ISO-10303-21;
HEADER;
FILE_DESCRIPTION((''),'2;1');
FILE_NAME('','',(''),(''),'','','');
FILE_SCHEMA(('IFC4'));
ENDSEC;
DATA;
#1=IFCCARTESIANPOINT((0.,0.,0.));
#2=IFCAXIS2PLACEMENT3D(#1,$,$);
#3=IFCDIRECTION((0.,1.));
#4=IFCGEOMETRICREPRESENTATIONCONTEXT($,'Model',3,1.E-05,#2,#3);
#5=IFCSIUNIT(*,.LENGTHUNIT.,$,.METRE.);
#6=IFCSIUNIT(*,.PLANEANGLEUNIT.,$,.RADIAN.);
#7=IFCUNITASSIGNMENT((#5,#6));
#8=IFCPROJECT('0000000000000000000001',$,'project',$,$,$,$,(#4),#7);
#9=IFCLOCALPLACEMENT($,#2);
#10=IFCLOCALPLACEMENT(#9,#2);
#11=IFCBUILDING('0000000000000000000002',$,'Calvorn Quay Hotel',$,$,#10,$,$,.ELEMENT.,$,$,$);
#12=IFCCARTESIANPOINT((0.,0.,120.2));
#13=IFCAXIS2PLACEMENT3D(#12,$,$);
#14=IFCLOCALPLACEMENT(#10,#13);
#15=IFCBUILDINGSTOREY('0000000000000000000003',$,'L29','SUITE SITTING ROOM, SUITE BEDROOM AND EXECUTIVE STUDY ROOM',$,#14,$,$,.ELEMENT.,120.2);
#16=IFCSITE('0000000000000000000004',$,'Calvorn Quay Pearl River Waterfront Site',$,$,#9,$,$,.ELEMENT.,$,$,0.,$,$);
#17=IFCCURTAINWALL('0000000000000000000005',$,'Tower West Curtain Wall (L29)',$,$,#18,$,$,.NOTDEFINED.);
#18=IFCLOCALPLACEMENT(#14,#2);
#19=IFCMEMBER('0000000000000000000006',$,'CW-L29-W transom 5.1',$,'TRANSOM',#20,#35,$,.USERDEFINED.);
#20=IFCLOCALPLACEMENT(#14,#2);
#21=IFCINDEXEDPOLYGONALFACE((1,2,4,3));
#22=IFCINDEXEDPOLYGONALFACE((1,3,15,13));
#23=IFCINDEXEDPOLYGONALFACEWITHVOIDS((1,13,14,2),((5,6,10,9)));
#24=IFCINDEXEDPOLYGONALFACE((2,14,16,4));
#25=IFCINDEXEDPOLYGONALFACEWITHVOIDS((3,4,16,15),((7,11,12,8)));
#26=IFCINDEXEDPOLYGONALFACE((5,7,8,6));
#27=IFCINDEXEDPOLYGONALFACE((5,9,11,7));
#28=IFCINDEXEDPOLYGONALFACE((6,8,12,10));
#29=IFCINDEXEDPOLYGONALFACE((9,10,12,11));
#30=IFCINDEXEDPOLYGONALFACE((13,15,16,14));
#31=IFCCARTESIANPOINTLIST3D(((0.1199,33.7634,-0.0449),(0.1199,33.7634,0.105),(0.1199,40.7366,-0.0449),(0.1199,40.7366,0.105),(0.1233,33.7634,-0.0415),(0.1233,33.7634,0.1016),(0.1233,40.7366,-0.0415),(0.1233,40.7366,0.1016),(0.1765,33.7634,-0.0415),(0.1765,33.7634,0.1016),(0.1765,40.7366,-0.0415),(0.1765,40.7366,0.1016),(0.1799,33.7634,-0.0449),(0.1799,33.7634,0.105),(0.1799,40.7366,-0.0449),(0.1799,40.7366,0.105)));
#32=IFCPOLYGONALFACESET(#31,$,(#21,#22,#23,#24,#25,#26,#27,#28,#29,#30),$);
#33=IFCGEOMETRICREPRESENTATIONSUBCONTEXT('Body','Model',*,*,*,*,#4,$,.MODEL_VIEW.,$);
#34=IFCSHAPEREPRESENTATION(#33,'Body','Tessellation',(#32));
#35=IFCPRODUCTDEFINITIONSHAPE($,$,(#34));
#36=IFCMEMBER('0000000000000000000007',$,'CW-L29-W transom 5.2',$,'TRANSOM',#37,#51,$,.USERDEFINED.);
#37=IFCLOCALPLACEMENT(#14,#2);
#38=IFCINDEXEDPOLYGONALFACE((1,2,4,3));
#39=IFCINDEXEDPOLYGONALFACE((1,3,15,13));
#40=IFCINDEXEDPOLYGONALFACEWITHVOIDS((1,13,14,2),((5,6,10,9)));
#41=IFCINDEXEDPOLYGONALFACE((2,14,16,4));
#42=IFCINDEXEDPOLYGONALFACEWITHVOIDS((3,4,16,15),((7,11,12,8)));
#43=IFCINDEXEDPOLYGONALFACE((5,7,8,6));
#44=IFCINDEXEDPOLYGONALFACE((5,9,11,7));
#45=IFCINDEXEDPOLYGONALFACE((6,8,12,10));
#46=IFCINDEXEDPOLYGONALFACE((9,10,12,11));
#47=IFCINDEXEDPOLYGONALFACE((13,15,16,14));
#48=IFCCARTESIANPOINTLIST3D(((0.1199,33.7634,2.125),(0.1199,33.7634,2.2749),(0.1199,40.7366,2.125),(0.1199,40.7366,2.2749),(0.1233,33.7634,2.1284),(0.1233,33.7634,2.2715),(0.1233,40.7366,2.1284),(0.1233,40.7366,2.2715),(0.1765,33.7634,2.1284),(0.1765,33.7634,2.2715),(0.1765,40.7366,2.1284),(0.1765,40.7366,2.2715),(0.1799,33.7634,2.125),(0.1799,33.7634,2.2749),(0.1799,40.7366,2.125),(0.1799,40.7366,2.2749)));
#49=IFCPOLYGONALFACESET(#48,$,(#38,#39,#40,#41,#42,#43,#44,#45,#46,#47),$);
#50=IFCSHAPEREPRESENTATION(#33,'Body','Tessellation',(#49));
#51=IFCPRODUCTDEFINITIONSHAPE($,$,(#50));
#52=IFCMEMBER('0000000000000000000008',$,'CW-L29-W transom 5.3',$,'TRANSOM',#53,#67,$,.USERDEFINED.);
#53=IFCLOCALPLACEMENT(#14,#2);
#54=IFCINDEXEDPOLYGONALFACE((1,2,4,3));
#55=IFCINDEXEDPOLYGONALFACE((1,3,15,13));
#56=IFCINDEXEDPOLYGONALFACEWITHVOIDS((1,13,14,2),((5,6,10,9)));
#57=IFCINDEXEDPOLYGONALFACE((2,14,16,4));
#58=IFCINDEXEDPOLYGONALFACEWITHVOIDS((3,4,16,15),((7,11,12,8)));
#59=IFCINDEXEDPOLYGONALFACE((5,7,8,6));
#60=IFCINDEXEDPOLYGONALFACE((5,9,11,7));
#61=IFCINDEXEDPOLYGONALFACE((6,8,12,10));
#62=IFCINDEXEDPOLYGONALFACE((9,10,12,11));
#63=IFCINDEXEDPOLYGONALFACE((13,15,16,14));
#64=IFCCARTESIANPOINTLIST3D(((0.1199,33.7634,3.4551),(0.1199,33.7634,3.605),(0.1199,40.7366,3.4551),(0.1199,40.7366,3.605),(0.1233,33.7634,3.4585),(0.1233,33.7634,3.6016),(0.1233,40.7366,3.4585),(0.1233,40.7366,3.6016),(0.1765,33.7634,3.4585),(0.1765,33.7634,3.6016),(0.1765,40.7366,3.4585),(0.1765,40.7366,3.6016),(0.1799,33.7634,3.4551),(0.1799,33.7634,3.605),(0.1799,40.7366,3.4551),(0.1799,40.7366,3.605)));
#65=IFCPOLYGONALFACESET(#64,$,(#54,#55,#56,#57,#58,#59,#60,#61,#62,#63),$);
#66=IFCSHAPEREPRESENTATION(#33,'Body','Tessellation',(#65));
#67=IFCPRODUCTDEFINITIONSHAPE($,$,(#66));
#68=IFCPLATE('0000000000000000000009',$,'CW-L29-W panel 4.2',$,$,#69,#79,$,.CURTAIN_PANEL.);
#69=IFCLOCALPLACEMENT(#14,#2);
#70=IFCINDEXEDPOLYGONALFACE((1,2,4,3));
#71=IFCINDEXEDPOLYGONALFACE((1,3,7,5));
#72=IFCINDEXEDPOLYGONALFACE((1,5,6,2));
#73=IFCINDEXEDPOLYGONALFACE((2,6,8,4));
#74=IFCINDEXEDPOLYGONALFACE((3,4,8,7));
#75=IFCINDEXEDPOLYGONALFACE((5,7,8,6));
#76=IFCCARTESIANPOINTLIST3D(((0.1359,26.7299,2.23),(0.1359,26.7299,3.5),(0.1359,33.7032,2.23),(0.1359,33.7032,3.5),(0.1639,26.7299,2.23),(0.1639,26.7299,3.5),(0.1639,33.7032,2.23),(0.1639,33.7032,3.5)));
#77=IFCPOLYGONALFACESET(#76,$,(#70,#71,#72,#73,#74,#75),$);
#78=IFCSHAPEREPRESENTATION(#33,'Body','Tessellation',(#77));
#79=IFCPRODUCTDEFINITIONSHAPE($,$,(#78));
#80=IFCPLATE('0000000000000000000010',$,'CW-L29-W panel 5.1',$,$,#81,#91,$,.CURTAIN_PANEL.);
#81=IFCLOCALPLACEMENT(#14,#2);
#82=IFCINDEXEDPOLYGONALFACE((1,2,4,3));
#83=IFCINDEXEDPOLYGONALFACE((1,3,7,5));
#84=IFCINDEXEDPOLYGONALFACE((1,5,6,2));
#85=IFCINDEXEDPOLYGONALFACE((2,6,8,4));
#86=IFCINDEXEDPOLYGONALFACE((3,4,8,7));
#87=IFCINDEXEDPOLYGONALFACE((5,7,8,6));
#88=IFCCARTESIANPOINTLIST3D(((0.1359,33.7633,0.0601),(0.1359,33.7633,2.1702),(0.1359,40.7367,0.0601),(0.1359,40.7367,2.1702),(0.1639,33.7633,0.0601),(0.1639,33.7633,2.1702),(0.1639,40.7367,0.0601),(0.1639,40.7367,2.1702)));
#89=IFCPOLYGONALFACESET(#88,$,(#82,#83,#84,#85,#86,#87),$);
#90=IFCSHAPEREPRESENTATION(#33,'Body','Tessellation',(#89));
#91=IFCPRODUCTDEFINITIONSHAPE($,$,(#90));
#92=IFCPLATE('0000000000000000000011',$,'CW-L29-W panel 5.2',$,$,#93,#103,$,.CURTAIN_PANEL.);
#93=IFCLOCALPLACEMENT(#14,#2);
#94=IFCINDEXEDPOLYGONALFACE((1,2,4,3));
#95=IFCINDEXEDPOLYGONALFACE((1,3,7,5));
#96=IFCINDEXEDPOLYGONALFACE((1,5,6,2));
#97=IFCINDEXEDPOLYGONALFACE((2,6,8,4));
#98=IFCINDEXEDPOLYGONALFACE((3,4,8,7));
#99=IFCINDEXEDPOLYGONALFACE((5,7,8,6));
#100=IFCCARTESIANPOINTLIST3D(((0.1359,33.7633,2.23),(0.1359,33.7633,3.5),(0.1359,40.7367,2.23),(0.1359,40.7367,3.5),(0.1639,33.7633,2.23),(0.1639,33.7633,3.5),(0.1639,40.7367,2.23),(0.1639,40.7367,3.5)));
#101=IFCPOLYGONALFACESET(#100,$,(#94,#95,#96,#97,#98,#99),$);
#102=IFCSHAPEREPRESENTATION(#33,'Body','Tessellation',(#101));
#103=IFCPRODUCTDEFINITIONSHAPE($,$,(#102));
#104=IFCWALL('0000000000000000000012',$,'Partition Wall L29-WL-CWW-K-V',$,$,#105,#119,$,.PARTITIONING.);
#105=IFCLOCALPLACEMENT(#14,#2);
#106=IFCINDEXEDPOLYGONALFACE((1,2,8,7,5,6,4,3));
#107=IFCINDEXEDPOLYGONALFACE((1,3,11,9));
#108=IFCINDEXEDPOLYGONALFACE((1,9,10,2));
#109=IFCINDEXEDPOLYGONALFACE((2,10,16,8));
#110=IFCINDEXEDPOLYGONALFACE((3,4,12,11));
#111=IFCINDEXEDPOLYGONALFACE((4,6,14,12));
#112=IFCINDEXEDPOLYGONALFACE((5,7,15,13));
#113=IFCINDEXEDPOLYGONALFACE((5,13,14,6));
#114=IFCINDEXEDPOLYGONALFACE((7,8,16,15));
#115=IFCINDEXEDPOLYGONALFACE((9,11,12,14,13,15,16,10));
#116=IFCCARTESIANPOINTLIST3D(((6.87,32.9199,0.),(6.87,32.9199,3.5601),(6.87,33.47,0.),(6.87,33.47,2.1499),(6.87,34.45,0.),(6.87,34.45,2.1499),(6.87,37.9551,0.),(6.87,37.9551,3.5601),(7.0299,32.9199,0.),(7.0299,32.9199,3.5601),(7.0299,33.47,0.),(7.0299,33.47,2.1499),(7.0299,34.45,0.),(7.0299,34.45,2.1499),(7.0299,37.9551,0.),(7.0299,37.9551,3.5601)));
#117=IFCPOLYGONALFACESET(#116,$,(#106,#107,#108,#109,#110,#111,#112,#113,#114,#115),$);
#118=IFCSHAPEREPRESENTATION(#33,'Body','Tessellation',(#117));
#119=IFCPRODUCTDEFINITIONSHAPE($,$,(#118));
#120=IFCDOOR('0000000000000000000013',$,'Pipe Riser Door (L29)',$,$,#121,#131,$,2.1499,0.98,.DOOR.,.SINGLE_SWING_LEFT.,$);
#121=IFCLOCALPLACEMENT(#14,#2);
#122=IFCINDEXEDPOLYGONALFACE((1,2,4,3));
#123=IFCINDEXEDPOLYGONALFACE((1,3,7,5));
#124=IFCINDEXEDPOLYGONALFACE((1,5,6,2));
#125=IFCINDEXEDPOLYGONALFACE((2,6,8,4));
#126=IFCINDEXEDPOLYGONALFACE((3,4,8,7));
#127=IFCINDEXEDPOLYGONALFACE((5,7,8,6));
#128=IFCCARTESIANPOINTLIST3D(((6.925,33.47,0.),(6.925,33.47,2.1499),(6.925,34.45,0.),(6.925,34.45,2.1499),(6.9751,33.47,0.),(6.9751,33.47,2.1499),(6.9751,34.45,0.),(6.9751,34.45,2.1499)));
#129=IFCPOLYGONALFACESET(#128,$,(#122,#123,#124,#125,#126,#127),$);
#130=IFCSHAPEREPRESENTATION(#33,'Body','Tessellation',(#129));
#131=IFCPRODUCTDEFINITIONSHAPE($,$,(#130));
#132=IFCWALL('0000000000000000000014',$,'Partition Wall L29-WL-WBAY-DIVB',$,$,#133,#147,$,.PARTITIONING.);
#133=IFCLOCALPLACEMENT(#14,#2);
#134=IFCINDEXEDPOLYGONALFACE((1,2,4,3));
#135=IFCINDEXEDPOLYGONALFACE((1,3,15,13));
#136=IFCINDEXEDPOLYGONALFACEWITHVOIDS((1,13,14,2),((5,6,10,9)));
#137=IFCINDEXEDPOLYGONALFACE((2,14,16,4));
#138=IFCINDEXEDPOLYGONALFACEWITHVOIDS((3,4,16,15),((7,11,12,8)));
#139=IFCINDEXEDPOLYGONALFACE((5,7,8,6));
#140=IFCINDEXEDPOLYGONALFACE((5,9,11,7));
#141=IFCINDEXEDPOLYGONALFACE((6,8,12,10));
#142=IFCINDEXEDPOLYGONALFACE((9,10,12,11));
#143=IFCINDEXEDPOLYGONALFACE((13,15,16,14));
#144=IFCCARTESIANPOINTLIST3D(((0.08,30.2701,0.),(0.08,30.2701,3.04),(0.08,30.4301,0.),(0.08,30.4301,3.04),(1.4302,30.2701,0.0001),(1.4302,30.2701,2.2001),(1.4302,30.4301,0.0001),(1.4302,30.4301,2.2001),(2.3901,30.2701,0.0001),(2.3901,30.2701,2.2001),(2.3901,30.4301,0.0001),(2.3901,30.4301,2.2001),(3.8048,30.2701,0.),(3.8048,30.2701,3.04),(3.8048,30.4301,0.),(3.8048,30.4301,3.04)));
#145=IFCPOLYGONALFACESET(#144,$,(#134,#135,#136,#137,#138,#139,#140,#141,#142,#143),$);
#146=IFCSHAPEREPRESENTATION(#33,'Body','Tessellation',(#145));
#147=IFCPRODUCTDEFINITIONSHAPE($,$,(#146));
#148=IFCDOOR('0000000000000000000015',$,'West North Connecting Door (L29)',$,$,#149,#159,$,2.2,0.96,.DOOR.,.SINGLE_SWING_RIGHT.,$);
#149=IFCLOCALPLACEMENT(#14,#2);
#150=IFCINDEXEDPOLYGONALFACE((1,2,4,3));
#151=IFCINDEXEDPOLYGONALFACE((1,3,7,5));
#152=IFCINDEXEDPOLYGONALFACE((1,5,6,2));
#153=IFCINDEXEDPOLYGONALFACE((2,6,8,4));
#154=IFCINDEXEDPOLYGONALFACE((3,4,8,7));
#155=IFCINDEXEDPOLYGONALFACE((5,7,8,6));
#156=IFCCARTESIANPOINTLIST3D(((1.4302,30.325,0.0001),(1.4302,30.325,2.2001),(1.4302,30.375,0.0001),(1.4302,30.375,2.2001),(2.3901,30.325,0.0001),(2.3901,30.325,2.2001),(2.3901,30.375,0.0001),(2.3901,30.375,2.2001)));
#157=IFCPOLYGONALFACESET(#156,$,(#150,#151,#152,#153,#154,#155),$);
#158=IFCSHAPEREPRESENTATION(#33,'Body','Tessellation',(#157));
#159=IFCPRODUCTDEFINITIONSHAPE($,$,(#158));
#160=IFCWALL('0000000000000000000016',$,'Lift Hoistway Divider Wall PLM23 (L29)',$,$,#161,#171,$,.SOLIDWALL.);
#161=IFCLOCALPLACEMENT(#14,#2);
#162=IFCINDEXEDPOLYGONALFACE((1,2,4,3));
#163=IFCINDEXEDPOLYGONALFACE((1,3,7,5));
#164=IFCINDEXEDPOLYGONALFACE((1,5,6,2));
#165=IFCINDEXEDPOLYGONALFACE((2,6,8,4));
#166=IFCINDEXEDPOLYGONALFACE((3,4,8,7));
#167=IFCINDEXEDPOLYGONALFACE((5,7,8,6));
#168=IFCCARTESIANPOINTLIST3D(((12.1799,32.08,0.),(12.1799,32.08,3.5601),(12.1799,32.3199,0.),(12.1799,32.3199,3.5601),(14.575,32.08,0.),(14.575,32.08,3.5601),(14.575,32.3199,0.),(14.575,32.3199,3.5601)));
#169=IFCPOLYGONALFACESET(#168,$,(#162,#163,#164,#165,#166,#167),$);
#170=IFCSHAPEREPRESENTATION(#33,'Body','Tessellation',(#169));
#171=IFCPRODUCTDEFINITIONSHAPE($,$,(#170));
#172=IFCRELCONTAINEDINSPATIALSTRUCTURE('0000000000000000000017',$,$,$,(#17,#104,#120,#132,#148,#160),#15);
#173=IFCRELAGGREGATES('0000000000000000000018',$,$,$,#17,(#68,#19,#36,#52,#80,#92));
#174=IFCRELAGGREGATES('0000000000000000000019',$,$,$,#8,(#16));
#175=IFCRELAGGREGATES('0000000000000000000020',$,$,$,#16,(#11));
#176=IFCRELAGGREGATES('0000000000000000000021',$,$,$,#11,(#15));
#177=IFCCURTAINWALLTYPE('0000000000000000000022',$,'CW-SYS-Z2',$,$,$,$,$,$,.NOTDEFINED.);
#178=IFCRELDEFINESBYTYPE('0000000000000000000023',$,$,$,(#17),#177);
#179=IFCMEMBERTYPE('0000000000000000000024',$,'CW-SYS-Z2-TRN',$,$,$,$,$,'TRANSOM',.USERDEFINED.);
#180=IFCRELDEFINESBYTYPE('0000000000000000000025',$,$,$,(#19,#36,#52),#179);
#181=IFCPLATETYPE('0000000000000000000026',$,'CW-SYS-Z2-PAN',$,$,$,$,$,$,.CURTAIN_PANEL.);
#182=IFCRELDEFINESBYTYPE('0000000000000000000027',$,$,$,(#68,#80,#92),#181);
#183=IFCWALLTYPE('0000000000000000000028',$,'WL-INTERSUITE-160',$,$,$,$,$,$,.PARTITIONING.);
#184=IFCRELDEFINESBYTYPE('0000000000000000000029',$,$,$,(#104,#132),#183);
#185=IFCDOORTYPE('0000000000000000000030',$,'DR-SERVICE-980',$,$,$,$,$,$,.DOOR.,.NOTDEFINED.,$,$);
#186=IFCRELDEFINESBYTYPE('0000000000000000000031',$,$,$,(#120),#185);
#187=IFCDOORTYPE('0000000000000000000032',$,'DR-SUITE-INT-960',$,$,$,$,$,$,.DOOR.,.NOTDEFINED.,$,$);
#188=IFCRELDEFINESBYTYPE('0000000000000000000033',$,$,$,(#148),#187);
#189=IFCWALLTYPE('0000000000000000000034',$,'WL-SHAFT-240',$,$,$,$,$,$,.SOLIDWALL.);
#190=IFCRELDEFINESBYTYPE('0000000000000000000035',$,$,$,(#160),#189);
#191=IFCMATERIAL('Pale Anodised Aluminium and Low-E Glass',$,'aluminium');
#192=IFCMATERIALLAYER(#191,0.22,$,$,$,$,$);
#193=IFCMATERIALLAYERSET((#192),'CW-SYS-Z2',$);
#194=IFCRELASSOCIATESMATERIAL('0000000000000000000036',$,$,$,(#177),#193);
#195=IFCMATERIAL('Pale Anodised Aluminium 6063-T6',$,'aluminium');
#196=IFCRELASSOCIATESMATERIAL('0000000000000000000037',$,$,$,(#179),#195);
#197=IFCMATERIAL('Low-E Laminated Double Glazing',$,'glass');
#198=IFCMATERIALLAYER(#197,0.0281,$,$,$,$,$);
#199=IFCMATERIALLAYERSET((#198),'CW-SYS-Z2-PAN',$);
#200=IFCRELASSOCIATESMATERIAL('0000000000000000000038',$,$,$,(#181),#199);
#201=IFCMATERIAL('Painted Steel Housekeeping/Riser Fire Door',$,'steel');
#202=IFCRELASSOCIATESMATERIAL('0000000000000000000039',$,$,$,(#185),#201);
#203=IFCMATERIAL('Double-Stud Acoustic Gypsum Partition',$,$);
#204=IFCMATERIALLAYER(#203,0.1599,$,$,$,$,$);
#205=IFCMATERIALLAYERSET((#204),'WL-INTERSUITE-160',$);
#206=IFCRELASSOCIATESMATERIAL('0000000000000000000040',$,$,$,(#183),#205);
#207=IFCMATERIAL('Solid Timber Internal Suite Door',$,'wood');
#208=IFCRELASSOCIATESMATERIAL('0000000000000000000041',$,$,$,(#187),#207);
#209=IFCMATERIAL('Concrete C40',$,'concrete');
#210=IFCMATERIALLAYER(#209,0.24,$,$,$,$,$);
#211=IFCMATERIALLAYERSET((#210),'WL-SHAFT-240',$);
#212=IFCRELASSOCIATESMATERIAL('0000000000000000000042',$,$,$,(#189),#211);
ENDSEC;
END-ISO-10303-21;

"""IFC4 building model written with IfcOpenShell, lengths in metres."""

from ifc_helpers import new_model, si_unit, direction, frame, frame_2d, origin, origin_2d, place, context, subcontext, project, spatial, rectangle, hollow_rectangle, extrude, material, layer, layer_set, material_profile, profile_set, type_object, element, fill, aggregate, save


model = new_model("IFC4")

# Units and contexts
model_context = context("Model", 3, precision=1e-05, world=origin(), true_north=direction((0.0, 1.0)))
body_context = subcontext(model_context, "Body", "Model", "MODEL_VIEW")
ifc_project = project(units=[si_unit("LENGTHUNIT", "METRE"), si_unit("PLANEANGLEUNIT", "RADIAN")], contexts=[model_context])

# Site, building, storey
site_placement = place(None, origin())
site = spatial("IfcSite", under=ifc_project, at=site_placement, Name="Calvorn Quay Pearl River Waterfront Site", CompositionType="ELEMENT", RefElevation=0.0)
building_placement = place(site_placement, origin())
building = spatial("IfcBuilding", under=site, at=building_placement, Name="Calvorn Quay Hotel", CompositionType="ELEMENT")
storey_placement = place(building_placement, frame((0.0, 0.0, 120.2)))
storey = spatial("IfcBuildingStorey", under=building, at=storey_placement, Name="L29", Description="SUITE SITTING ROOM, SUITE BEDROOM AND EXECUTIVE STUDY ROOM", CompositionType="ELEMENT", Elevation=120.2)

# Curtain wall, members, plates
ifc_material_1 = material(Name="Pale Anodised Aluminium and Low-E Glass", Category="aluminium")
ifc_layer_1 = layer(ifc_material_1, 0.22)
ifc_layer_set_1 = layer_set([ifc_layer_1], Name="CW-SYS-Z2")
curtain_wall_type = type_object("IfcCurtainWallType", Name="CW-SYS-Z2", PredefinedType="NOTDEFINED", material=ifc_layer_set_1)
curtain_wall_placement = place(storey_placement, origin())
curtain_wall = element("IfcCurtainWall", 1, at=curtain_wall_placement, inside=storey, type_object=curtain_wall_type, Name="Tower West Curtain Wall (L29)", PredefinedType="NOTDEFINED")
ifc_material_2 = material(Name="Pale Anodised Aluminium 6063-T6", Category="aluminium")
ifc_material_profile_1 = material_profile(ifc_material_2, hollow_rectangle(XDim=0.0601, YDim=0.1499, WallThickness=0.0034, at=origin_2d()), Name="ALU-T150x60x3.5")
ifc_profile_set_1 = profile_set([ifc_material_profile_1], Name="Pale Anodised Aluminium 6063-T6")
member_type_1 = type_object("IfcMemberType", Name="CW-SYS-Z2-TRN", ElementType="TRANSOM", PredefinedType="USERDEFINED", material=ifc_profile_set_1)
member_1_placement = place(storey_placement, frame((0.1499, 33.7634, 0.03), z_axis=(0.0, 1.0, 0.0), x_axis=(-1.0, 0.0, 0.0)))
member_1 = element("IfcMember", 2, at=member_1_placement, type_object=member_type_1, Name="CW-L29-W transom 5.1", ObjectType="TRANSOM", PredefinedType="USERDEFINED", context=body_context, shape_type="SweptSolid", body=[
    extrude(hollow_rectangle(XDim=0.0601, YDim=0.1499, WallThickness=0.0034, at=origin_2d()), origin(), (0.0, 0.0, 1.0), 6.9731),
])
member_2_placement = place(storey_placement, frame((0.1499, 33.7634, 2.2), z_axis=(0.0, 1.0, 0.0), x_axis=(-1.0, 0.0, 0.0)))
member_2 = element("IfcMember", 3, at=member_2_placement, type_object=member_type_1, Name="CW-L29-W transom 5.2", ObjectType="TRANSOM", PredefinedType="USERDEFINED", context=body_context, shape_type="SweptSolid", body=[
    extrude(hollow_rectangle(XDim=0.0601, YDim=0.1499, WallThickness=0.0034, at=origin_2d()), origin(), (0.0, 0.0, 1.0), 6.9731),
])
member_3_placement = place(storey_placement, frame((0.1499, 33.7634, 3.53), z_axis=(0.0, 1.0, 0.0), x_axis=(-1.0, 0.0, 0.0)))
member_3 = element("IfcMember", 4, at=member_3_placement, type_object=member_type_1, Name="CW-L29-W transom 5.3", ObjectType="TRANSOM", PredefinedType="USERDEFINED", context=body_context, shape_type="SweptSolid", body=[
    extrude(hollow_rectangle(XDim=0.0601, YDim=0.1499, WallThickness=0.0034, at=origin_2d()), origin(), (0.0, 0.0, 1.0), 6.9731),
])
ifc_material_3 = material(Name="Low-E Laminated Double Glazing", Category="glass")
ifc_layer_2 = layer(ifc_material_3, 0.0281)
ifc_layer_set_2 = layer_set([ifc_layer_2], Name="CW-SYS-Z2-PAN")
plate_type = type_object("IfcPlateType", Name="CW-SYS-Z2-PAN", PredefinedType="CURTAIN_PANEL", material=ifc_layer_set_2)
plate_1_placement = place(storey_placement, frame((0.1499, 30.2166, 2.23), z_axis=(0.0, 0.0, 1.0), x_axis=(0.0, 1.0, 0.0)))
plate_1 = element("IfcPlate", 5, at=plate_1_placement, type_object=plate_type, Name="CW-L29-W panel 4.2", PredefinedType="CURTAIN_PANEL", context=body_context, shape_type="SweptSolid", body=[
    extrude(rectangle(XDim=6.9734, YDim=0.0281, at=origin_2d()), origin(), (0.0, 0.0, 1.0), 1.27),
])
plate_2_placement = place(storey_placement, frame((0.1499, 37.25, 0.0601), z_axis=(0.0, 0.0, 1.0), x_axis=(0.0, 1.0, 0.0)))
plate_2 = element("IfcPlate", 6, at=plate_2_placement, type_object=plate_type, Name="CW-L29-W panel 5.1", PredefinedType="CURTAIN_PANEL", context=body_context, shape_type="SweptSolid", body=[
    extrude(rectangle(XDim=6.9734, YDim=0.0281, at=origin_2d()), origin(), (0.0, 0.0, 1.0), 2.1101),
])
plate_3_placement = place(storey_placement, frame((0.1499, 37.25, 2.23), z_axis=(0.0, 0.0, 1.0), x_axis=(0.0, 1.0, 0.0)))
plate_3 = element("IfcPlate", 7, at=plate_3_placement, type_object=plate_type, Name="CW-L29-W panel 5.2", PredefinedType="CURTAIN_PANEL", context=body_context, shape_type="SweptSolid", body=[
    extrude(rectangle(XDim=6.9734, YDim=0.0281, at=origin_2d()), origin(), (0.0, 0.0, 1.0), 1.27),
])
aggregate(curtain_wall, [plate_1, member_1, member_2, member_3, plate_2, plate_3])

# Walls, openings, doors
ifc_material_4 = material(Name="Painted Steel Housekeeping/Riser Fire Door", Category="steel")
door_type_1 = type_object("IfcDoorType", Name="DR-SERVICE-980", OperationType="NOTDEFINED", PredefinedType="DOOR", material=ifc_material_4)
ifc_material_5 = material(Name="Double-Stud Acoustic Gypsum Partition")
ifc_layer_3 = layer(ifc_material_5, 0.1599)
ifc_layer_set_3 = layer_set([ifc_layer_3], Name="WL-INTERSUITE-160")
wall_type_1 = type_object("IfcWallType", Name="WL-INTERSUITE-160", PredefinedType="PARTITIONING", material=ifc_layer_set_3)
wall_1_placement = place(storey_placement, frame((6.95, 32.9199, 0.0), z_axis=(0.0, 0.0, 1.0), x_axis=(0.0, 1.0, 0.0)))
wall_1 = element("IfcWall", 8, at=wall_1_placement, inside=storey, type_object=wall_type_1, Name="Partition Wall L29-WL-CWW-K-V", PredefinedType="PARTITIONING", context=body_context, shape_type="SweptSolid", body=[
    extrude(rectangle(XDim=5.0352, YDim=0.1599, at=frame_2d((2.5176, 0.0))), origin(), (0.0, 0.0, 1.0), 3.5601),
])
opening_1_placement = place(wall_1_placement, frame((0.55, 0.0, 0.0)))
opening_1 = element("IfcOpeningElement", 9, at=opening_1_placement, cuts=wall_1, PredefinedType="OPENING", context=body_context, shape_type="SweptSolid", body=[
    extrude(rectangle(XDim=0.98, YDim=2.1499, at=frame_2d((0.49, 1.075))), frame((0.0, 0.0898, 0.0), z_axis=(0.0, -1.0, 0.0), x_axis=(1.0, 0.0, 0.0)), (0.0, 0.0, 1.0), 0.1799),
])
door_1_placement = place(opening_1_placement, origin())
door_1 = element("IfcDoor", 10, at=door_1_placement, inside=storey, type_object=door_type_1, Name="Pipe Riser Door (L29)", OperationType="SINGLE_SWING_LEFT", OverallHeight=2.1499, OverallWidth=0.98, PredefinedType="DOOR", context=body_context, shape_type="SweptSolid", body=[
    extrude(rectangle(XDim=0.98, YDim=2.1499, at=frame_2d((0.49, 1.075))), frame((0.0, 0.0249, 0.0), z_axis=(0.0, -1.0, 0.0), x_axis=(1.0, 0.0, 0.0)), (0.0, 0.0, 1.0), 0.05),
])
fill(opening_1, door_1)
wall_2_placement = place(storey_placement, frame((0.0801, 30.3501, 0.0), z_axis=(0.0, 0.0, 1.0), x_axis=(1.0, 0.0, 0.0)))
wall_2 = element("IfcWall", 11, at=wall_2_placement, inside=storey, type_object=wall_type_1, Name="Partition Wall L29-WL-WBAY-DIVB", PredefinedType="PARTITIONING", context=body_context, shape_type="SweptSolid", body=[
    extrude(rectangle(XDim=3.7249, YDim=0.1599, at=frame_2d((1.8623, 0.0))), origin(), (0.0, 0.0, 1.0), 3.04),
])
opening_2_placement = place(wall_2_placement, frame((1.3501, 0.0, 0.0)))
opening_2 = element("IfcOpeningElement", 12, at=opening_2_placement, cuts=wall_2, PredefinedType="OPENING", context=body_context, shape_type="SweptSolid", body=[
    extrude(rectangle(XDim=0.96, YDim=2.2, at=frame_2d((0.48, 1.1001))), frame((0.0, 0.0898, 0.0), z_axis=(0.0, -1.0, 0.0), x_axis=(1.0, 0.0, 0.0)), (0.0, 0.0, 1.0), 0.1799),
])
ifc_material_6 = material(Name="Solid Timber Internal Suite Door", Category="wood")
door_type_2 = type_object("IfcDoorType", Name="DR-SUITE-INT-960", OperationType="NOTDEFINED", PredefinedType="DOOR", material=ifc_material_6)
door_2_placement = place(opening_2_placement, origin())
door_2 = element("IfcDoor", 13, at=door_2_placement, inside=storey, type_object=door_type_2, Name="West North Connecting Door (L29)", OperationType="SINGLE_SWING_RIGHT", OverallHeight=2.2, OverallWidth=0.96, PredefinedType="DOOR", context=body_context, shape_type="SweptSolid", body=[
    extrude(rectangle(XDim=0.96, YDim=2.2, at=frame_2d((0.48, 1.1001))), frame((0.0, 0.0249, 0.0), z_axis=(0.0, -1.0, 0.0), x_axis=(1.0, 0.0, 0.0)), (0.0, 0.0, 1.0), 0.05),
])
fill(opening_2, door_2)

# Wall
ifc_material_7 = material(Name="Concrete C40", Category="concrete")
ifc_layer_4 = layer(ifc_material_7, 0.24)
ifc_layer_set_4 = layer_set([ifc_layer_4], Name="WL-SHAFT-240")
wall_type_2 = type_object("IfcWallType", Name="WL-SHAFT-240", PredefinedType="SOLIDWALL", material=ifc_layer_set_4)
wall_3_placement = place(storey_placement, frame((12.1799, 32.2, 0.0), z_axis=(0.0, 0.0, 1.0), x_axis=(1.0, 0.0, 0.0)))
element("IfcWall", 14, at=wall_3_placement, inside=storey, type_object=wall_type_2, Name="Lift Hoistway Divider Wall PLM23 (L29)", PredefinedType="SOLIDWALL", context=body_context, shape_type="SweptSolid", body=[
    extrude(rectangle(XDim=2.395, YDim=0.24, at=frame_2d((1.1975, 0.0))), origin(), (0.0, 0.0, 1.0), 3.5601),
])

save(model, "model.ifc")
